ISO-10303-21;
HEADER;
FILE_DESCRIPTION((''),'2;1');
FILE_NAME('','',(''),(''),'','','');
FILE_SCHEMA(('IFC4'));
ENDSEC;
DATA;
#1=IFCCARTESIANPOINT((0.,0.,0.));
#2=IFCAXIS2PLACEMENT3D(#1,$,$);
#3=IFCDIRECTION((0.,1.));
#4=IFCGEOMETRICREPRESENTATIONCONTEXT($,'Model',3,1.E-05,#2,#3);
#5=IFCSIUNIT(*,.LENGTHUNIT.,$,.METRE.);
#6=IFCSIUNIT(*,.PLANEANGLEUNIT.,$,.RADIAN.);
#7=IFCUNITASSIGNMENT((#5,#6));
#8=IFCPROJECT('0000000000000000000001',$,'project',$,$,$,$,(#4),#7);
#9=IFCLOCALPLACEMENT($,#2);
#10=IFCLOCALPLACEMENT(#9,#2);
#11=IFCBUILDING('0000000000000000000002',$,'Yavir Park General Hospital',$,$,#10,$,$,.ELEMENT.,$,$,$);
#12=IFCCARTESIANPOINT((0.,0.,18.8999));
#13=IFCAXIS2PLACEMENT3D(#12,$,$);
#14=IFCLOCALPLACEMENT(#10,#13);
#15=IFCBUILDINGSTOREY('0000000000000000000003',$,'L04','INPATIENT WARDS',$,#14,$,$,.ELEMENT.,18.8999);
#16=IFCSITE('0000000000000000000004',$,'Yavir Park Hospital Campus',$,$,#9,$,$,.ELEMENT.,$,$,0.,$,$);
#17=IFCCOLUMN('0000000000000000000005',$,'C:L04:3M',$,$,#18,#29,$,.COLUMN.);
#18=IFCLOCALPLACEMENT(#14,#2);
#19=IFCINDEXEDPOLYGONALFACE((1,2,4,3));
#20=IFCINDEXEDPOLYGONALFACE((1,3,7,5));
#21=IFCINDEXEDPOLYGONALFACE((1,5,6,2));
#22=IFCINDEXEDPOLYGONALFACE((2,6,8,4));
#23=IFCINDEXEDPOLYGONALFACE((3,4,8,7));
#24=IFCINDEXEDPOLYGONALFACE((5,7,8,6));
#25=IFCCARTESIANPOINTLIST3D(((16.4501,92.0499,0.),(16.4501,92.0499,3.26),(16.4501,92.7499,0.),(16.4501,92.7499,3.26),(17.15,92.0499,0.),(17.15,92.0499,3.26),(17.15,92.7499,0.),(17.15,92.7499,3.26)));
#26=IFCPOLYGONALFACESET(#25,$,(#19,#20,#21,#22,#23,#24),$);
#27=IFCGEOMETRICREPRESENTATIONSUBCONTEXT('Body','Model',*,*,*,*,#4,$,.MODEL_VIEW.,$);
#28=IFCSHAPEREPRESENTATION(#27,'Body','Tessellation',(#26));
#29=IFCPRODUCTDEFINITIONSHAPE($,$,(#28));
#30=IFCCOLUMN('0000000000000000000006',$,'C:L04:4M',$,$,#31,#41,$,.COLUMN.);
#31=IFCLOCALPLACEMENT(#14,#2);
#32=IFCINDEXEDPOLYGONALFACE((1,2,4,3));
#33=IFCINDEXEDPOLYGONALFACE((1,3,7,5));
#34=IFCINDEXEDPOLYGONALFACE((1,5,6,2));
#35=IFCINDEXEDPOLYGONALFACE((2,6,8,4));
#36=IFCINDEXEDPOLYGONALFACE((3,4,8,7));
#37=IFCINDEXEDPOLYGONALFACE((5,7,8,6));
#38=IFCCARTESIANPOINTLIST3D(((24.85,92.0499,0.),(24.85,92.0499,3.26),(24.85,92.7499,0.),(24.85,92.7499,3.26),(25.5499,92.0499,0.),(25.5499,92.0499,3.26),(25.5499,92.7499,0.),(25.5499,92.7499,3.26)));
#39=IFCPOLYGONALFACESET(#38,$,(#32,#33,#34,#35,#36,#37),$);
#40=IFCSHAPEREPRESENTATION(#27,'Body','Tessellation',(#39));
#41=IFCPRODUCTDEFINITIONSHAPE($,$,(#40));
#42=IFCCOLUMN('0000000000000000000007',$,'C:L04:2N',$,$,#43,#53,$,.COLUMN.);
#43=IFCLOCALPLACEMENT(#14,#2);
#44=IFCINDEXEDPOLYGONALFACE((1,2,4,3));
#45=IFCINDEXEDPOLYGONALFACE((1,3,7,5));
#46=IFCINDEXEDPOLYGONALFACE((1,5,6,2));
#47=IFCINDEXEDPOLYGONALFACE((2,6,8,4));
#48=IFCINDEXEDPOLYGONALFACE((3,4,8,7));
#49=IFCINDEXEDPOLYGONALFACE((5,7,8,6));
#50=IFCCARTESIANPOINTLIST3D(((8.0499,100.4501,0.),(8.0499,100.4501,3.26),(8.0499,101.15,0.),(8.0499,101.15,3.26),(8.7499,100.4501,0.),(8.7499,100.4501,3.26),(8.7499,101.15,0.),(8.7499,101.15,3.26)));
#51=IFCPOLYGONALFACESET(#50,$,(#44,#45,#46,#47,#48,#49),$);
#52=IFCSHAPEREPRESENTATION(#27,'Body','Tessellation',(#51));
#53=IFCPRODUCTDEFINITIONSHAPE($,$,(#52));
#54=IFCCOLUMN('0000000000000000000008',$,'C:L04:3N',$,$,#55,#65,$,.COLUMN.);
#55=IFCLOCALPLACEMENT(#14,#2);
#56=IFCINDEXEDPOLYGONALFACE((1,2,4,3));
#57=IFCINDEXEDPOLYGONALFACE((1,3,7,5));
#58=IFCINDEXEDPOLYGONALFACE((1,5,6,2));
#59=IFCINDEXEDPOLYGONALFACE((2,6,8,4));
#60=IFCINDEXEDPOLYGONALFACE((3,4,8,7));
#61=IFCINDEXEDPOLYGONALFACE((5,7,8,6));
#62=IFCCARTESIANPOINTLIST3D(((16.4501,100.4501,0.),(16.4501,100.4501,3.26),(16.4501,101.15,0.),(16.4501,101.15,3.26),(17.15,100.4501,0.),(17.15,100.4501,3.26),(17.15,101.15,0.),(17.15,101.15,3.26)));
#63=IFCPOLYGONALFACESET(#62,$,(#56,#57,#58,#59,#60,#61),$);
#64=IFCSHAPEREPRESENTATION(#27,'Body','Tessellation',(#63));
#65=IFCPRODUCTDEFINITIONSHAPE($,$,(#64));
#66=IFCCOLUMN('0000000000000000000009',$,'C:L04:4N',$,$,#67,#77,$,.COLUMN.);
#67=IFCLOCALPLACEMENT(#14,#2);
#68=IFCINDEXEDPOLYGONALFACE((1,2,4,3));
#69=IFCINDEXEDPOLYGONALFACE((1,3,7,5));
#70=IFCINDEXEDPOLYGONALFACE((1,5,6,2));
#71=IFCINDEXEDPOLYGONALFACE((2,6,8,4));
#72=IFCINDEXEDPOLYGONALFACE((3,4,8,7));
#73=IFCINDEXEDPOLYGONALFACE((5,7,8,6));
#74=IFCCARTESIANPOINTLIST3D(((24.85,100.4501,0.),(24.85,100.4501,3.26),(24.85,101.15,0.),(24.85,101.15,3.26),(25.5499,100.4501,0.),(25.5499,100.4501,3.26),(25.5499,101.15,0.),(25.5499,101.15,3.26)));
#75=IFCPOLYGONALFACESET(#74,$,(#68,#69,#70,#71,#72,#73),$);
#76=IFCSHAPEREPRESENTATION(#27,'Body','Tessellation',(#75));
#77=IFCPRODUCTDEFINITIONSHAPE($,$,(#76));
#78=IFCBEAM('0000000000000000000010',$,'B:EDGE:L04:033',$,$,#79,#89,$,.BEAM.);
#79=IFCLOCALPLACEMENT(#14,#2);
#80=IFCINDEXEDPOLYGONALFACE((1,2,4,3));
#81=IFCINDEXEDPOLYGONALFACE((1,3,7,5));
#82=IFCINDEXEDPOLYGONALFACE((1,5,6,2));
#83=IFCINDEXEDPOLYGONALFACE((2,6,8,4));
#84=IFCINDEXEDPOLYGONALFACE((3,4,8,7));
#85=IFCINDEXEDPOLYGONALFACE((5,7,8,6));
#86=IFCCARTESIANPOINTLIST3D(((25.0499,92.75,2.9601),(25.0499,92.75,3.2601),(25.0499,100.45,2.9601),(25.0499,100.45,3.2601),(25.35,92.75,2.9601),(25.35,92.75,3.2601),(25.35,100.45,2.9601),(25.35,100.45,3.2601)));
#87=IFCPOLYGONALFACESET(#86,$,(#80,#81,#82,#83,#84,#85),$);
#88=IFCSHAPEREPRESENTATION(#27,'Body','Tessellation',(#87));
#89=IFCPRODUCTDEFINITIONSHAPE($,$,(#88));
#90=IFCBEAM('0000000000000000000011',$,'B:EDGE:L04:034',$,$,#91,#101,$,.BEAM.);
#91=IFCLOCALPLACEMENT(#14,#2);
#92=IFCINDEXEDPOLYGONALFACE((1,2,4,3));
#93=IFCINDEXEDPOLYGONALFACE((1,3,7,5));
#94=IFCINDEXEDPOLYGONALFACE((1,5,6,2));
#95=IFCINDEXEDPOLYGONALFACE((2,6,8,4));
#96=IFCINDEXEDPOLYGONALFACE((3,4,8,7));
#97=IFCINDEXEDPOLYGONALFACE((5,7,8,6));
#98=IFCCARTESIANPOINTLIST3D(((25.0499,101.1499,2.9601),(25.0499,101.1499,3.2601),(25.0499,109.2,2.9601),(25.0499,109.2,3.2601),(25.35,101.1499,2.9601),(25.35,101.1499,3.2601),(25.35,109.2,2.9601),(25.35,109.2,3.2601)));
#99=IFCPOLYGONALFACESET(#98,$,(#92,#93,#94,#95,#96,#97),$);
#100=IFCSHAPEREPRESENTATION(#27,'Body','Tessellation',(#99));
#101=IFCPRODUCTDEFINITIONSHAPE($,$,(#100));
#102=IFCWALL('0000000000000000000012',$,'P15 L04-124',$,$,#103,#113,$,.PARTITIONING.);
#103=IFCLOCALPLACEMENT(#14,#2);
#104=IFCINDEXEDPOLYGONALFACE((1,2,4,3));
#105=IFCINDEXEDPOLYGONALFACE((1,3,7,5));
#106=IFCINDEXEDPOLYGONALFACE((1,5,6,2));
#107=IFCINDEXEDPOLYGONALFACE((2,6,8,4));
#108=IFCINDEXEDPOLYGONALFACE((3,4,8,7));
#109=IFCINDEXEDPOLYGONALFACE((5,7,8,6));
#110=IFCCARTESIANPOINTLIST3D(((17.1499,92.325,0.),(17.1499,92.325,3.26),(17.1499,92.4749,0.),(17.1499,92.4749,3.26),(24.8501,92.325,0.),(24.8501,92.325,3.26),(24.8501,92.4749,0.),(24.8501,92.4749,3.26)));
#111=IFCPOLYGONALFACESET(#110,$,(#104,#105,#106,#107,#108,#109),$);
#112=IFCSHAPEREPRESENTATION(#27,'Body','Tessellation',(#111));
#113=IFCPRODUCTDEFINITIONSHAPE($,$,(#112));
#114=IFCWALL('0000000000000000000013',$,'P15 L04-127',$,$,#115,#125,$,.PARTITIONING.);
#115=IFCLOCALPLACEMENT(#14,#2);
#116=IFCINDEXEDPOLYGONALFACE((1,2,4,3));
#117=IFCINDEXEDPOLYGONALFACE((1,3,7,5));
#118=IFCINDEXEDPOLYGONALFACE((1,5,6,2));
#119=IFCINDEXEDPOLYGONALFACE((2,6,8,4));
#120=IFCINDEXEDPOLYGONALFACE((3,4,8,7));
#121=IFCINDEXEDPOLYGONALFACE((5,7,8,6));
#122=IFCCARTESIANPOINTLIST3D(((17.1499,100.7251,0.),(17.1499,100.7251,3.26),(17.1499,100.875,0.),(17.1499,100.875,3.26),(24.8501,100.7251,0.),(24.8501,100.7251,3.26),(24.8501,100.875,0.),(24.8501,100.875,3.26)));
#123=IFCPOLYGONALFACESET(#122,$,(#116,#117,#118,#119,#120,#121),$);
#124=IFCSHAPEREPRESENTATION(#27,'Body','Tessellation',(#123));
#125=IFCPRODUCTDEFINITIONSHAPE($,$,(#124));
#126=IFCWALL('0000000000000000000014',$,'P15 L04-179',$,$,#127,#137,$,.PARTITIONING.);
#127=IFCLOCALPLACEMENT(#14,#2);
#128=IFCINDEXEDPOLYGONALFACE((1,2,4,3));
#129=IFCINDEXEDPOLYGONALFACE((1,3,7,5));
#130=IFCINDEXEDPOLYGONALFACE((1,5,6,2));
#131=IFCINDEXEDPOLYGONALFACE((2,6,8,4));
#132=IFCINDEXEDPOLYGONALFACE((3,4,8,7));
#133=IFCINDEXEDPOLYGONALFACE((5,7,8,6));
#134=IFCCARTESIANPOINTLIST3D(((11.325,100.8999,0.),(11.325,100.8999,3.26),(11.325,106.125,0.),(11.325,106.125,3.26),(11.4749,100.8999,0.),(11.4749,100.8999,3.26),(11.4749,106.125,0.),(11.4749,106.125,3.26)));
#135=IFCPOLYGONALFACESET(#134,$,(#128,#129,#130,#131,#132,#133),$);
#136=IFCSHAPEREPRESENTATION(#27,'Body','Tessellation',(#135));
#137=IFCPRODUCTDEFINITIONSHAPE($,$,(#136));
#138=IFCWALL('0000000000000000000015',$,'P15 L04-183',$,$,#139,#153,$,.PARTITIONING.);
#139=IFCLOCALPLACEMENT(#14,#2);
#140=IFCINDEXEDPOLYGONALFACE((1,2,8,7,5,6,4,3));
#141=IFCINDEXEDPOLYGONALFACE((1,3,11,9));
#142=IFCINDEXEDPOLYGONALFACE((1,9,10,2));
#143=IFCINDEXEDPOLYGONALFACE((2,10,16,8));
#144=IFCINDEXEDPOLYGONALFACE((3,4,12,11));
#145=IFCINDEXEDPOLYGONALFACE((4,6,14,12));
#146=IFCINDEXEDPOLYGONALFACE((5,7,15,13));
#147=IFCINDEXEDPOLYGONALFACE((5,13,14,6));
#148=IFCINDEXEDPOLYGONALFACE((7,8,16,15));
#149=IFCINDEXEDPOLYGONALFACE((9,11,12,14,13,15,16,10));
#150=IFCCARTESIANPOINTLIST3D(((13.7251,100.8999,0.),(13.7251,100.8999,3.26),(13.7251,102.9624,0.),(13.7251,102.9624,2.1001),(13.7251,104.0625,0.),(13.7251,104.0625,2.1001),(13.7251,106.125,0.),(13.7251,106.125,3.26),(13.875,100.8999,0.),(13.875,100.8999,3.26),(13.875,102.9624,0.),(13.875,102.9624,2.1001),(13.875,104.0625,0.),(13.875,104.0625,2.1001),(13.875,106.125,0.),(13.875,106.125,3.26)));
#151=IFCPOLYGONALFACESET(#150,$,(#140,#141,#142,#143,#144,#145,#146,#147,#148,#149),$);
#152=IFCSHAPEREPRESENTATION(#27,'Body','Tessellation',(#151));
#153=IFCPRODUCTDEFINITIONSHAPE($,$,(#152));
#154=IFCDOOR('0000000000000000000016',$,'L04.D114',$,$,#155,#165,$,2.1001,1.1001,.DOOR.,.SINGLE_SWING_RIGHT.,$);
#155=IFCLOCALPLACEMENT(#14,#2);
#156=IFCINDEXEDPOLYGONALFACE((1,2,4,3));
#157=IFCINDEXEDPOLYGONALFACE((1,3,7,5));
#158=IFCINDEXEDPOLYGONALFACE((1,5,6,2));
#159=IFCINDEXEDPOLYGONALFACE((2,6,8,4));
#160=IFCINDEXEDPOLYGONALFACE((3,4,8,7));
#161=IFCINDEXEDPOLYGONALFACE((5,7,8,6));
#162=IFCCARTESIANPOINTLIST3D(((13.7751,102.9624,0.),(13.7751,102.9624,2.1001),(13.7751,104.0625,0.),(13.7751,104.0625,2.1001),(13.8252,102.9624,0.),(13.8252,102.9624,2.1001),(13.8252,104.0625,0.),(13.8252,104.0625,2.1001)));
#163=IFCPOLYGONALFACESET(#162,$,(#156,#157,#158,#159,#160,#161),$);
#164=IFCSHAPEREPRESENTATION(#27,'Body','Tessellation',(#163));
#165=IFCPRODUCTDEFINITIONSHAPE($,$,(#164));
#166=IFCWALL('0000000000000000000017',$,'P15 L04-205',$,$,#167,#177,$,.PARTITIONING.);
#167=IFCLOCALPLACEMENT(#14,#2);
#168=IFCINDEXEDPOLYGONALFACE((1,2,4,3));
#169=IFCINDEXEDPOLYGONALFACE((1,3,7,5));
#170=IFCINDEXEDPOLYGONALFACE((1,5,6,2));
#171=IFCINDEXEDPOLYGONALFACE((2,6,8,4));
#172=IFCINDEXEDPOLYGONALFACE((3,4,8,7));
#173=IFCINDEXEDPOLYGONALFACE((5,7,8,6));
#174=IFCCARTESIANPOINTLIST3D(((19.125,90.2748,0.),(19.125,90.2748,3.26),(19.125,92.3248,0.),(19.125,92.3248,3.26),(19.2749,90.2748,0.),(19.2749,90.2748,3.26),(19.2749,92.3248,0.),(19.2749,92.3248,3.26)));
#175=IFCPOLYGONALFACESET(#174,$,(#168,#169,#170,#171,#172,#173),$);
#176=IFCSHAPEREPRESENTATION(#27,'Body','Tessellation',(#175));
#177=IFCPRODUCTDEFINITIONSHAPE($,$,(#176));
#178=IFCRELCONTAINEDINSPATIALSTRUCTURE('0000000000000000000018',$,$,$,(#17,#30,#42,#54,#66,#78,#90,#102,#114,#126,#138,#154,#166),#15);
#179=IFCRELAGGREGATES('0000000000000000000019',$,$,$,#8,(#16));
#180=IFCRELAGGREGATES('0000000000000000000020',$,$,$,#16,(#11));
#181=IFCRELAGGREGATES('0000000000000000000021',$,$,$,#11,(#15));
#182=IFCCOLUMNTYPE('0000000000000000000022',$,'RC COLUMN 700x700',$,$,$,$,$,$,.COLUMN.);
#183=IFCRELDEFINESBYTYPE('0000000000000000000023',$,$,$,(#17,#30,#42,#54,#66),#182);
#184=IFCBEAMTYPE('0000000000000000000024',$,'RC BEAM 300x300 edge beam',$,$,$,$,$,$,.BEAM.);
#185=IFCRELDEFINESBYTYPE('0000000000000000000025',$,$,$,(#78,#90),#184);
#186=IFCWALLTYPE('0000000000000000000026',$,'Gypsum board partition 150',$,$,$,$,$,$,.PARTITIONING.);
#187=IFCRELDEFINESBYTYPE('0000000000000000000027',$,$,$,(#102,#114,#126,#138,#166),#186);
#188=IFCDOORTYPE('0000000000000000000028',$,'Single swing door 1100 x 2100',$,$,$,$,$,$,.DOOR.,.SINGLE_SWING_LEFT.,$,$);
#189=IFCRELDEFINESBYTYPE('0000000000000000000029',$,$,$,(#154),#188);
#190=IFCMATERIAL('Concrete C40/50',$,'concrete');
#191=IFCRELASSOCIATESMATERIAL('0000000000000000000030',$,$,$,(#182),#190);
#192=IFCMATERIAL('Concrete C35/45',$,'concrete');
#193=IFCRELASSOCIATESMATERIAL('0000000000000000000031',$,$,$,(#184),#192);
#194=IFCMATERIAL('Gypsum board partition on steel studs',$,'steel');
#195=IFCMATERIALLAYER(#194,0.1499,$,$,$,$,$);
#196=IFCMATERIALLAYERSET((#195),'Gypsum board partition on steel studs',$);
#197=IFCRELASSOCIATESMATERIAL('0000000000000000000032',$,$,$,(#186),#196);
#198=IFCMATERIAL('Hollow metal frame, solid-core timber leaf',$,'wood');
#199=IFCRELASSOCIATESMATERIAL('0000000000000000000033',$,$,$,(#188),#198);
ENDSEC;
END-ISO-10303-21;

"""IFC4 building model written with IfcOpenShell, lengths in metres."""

from ifc_helpers import new_model, si_unit, direction, frame, frame_2d, origin, origin_2d, place, context, subcontext, project, spatial, rectangle, extrude, material, layer, layer_set, material_profile, profile_set, type_object, element, fill, save


model = new_model("IFC4")

# Units and contexts
model_context = context("Model", 3, precision=1e-05, world=origin(), true_north=direction((0.0, 1.0)))
body_context = subcontext(model_context, "Body", "Model", "MODEL_VIEW")
ifc_project = project(units=[si_unit("LENGTHUNIT", "METRE"), si_unit("PLANEANGLEUNIT", "RADIAN")], contexts=[model_context])

# Site, building, storey
site_placement = place(None, origin())
site = spatial("IfcSite", under=ifc_project, at=site_placement, Name="Yavir Park Hospital Campus", CompositionType="ELEMENT", RefElevation=0.0)
building_placement = place(site_placement, origin())
building = spatial("IfcBuilding", under=site, at=building_placement, Name="Yavir Park General Hospital", CompositionType="ELEMENT")
storey_placement = place(building_placement, frame((0.0, 0.0, 18.8999)))
storey = spatial("IfcBuildingStorey", under=building, at=storey_placement, Name="L04", Description="INPATIENT WARDS", CompositionType="ELEMENT", Elevation=18.8999)

# Columns
ifc_material_1 = material(Name="Concrete C40/50", Category="concrete")
ifc_material_profile_1 = material_profile(ifc_material_1, rectangle(XDim=0.7, YDim=0.7, at=origin_2d()), Name="RC700x700")
ifc_profile_set_1 = profile_set([ifc_material_profile_1], Name="Concrete C40/50")
column_type = type_object("IfcColumnType", Name="RC COLUMN 700x700", PredefinedType="COLUMN", material=ifc_profile_set_1)
for number, where, z_axis, x_axis, name in (
    (1, (16.8, 92.3999, 0.0), (0.0, 0.0, 1.0), (1.0, 0.0, 0.0), "C:L04:3M"),
    (2, (25.2, 92.3999, 0.0), (0.0, 0.0, 1.0), (1.0, 0.0, 0.0), "C:L04:4M"),
    (3, (8.3999, 100.8, 0.0), (0.0, 0.0, 1.0), (1.0, 0.0, 0.0), "C:L04:2N"),
    (4, (16.8, 100.8, 0.0), (0.0, 0.0, 1.0), (1.0, 0.0, 0.0), "C:L04:3N"),
    (5, (25.2, 100.8, 0.0), (0.0, 0.0, 1.0), (1.0, 0.0, 0.0), "C:L04:4N"),
):
    element("IfcColumn", number, at=place(storey_placement, frame(where, z_axis=z_axis, x_axis=x_axis)), inside=storey, type_object=column_type, Name=name, PredefinedType="COLUMN", context=body_context, shape_type="SweptSolid", body=[
        extrude(rectangle(XDim=0.7, YDim=0.7, at=origin_2d()), origin(), (0.0, 0.0, 1.0), 3.26),
    ])

# Beams
ifc_material_2 = material(Name="Concrete C35/45", Category="concrete")
ifc_material_profile_2 = material_profile(ifc_material_2, rectangle(XDim=0.3, YDim=0.3, at=origin_2d()), Name="RC300x300")
ifc_profile_set_2 = profile_set([ifc_material_profile_2], Name="Concrete C35/45")
beam_type = type_object("IfcBeamType", Name="RC BEAM 300x300 edge beam", PredefinedType="BEAM", material=ifc_profile_set_2)
beam_1_placement = place(storey_placement, frame((25.2, 92.75, 3.1101), z_axis=(0.0, 1.0, 0.0), x_axis=(-1.0, 0.0, 0.0)))
element("IfcBeam", 6, at=beam_1_placement, inside=storey, type_object=beam_type, Name="B:EDGE:L04:033", PredefinedType="BEAM", context=body_context, shape_type="SweptSolid", body=[
    extrude(rectangle(XDim=0.3, YDim=0.3, at=origin_2d()), origin(), (0.0, 0.0, 1.0), 7.7),
])
beam_2_placement = place(storey_placement, frame((25.2, 101.1499, 3.1101), z_axis=(0.0, 1.0, 0.0), x_axis=(-1.0, 0.0, 0.0)))
element("IfcBeam", 7, at=beam_2_placement, inside=storey, type_object=beam_type, Name="B:EDGE:L04:034", PredefinedType="BEAM", context=body_context, shape_type="SweptSolid", body=[
    extrude(rectangle(XDim=0.3, YDim=0.3, at=origin_2d()), origin(), (0.0, 0.0, 1.0), 8.05),
])

# Walls
ifc_material_3 = material(Name="Gypsum board partition on steel studs", Category="steel")
ifc_layer_1 = layer(ifc_material_3, 0.1499)
ifc_layer_set_1 = layer_set([ifc_layer_1], Name="Gypsum board partition on steel studs")
wall_type_1 = type_object("IfcWallType", Name="Gypsum board partition 150", PredefinedType="PARTITIONING", material=ifc_layer_set_1)
for number, where, z_axis, x_axis, name in (
    (8, (17.1499, 92.3999, 0.0), (0.0, 0.0, 1.0), (1.0, 0.0, 0.0), "P15 L04-124"),
    (9, (17.1499, 100.8, 0.0), (0.0, 0.0, 1.0), (1.0, 0.0, 0.0), "P15 L04-127"),
):
    element("IfcWall", number, at=place(storey_placement, frame(where, z_axis=z_axis, x_axis=x_axis)), inside=storey, type_object=wall_type_1, Name=name, PredefinedType="PARTITIONING", context=body_context, shape_type="SweptSolid", body=[
        extrude(rectangle(XDim=7.7002, YDim=0.1499, at=frame_2d((3.8501, 0.0))), origin(), (0.0, 0.0, 1.0), 3.26),
    ])

# Wall
wall_1_placement = place(storey_placement, frame((11.3999, 100.8999, 0.0), z_axis=(0.0, 0.0, 1.0), x_axis=(0.0, 1.0, 0.0)))
element("IfcWall", 10, at=wall_1_placement, inside=storey, type_object=wall_type_1, Name="P15 L04-179", PredefinedType="PARTITIONING", context=body_context, shape_type="SweptSolid", body=[
    extrude(rectangle(XDim=5.2251, YDim=0.1499, at=frame_2d((2.6125, 0.0))), origin(), (0.0, 0.0, 1.0), 3.26),
])

# Wall, opening, door
wall_2_placement = place(storey_placement, frame((13.8, 100.8999, 0.0), z_axis=(0.0, 0.0, 1.0), x_axis=(0.0, 1.0, 0.0)))
wall_2 = element("IfcWall", 11, at=wall_2_placement, inside=storey, type_object=wall_type_1, Name="P15 L04-183", PredefinedType="PARTITIONING", context=body_context, shape_type="SweptSolid", body=[
    extrude(rectangle(XDim=5.2251, YDim=0.1499, at=frame_2d((2.6125, 0.0))), origin(), (0.0, 0.0, 1.0), 3.26),
])
opening_1_placement = place(wall_2_placement, frame((2.0625, 0.0, 0.0)))
opening_1 = element("IfcOpeningElement", 12, at=opening_1_placement, cuts=wall_2, PredefinedType="OPENING", context=body_context, shape_type="SweptSolid", body=[
    extrude(rectangle(XDim=1.1001, YDim=2.1001, at=frame_2d((0.55, 1.05))), frame((0.0, 0.085, 0.0), z_axis=(0.0, -1.0, 0.0), x_axis=(1.0, 0.0, 0.0)), (0.0, 0.0, 1.0), 0.1699),
])
ifc_material_4 = material(Name="Hollow metal frame, solid-core timber leaf", Category="wood")
door_type_1 = type_object("IfcDoorType", Name="Single swing door 1100 x 2100", OperationType="SINGLE_SWING_LEFT", PredefinedType="DOOR", material=ifc_material_4)
door_1_placement = place(opening_1_placement, origin())
door_1 = element("IfcDoor", 13, at=door_1_placement, inside=storey, type_object=door_type_1, Name="L04.D114", OperationType="SINGLE_SWING_RIGHT", OverallHeight=2.1001, OverallWidth=1.1001, PredefinedType="DOOR", context=body_context, shape_type="SweptSolid", body=[
    extrude(rectangle(XDim=1.1001, YDim=2.1001, at=frame_2d((0.55, 1.05))), frame((0.0, 0.0249, 0.0), z_axis=(0.0, -1.0, 0.0), x_axis=(1.0, 0.0, 0.0)), (0.0, 0.0, 1.0), 0.05),
])
fill(opening_1, door_1)

# Wall
wall_3_placement = place(storey_placement, frame((19.2, 90.2749, 0.0), z_axis=(0.0, 0.0, 1.0), x_axis=(0.0, 1.0, 0.0)))
element("IfcWall", 14, at=wall_3_placement, inside=storey, type_object=wall_type_1, Name="P15 L04-205", PredefinedType="PARTITIONING", context=body_context, shape_type="SweptSolid", body=[
    extrude(rectangle(XDim=2.05, YDim=0.1499, at=frame_2d((1.0249, 0.0))), origin(), (0.0, 0.0, 1.0), 3.26),
])

save(model, "model.ifc")
